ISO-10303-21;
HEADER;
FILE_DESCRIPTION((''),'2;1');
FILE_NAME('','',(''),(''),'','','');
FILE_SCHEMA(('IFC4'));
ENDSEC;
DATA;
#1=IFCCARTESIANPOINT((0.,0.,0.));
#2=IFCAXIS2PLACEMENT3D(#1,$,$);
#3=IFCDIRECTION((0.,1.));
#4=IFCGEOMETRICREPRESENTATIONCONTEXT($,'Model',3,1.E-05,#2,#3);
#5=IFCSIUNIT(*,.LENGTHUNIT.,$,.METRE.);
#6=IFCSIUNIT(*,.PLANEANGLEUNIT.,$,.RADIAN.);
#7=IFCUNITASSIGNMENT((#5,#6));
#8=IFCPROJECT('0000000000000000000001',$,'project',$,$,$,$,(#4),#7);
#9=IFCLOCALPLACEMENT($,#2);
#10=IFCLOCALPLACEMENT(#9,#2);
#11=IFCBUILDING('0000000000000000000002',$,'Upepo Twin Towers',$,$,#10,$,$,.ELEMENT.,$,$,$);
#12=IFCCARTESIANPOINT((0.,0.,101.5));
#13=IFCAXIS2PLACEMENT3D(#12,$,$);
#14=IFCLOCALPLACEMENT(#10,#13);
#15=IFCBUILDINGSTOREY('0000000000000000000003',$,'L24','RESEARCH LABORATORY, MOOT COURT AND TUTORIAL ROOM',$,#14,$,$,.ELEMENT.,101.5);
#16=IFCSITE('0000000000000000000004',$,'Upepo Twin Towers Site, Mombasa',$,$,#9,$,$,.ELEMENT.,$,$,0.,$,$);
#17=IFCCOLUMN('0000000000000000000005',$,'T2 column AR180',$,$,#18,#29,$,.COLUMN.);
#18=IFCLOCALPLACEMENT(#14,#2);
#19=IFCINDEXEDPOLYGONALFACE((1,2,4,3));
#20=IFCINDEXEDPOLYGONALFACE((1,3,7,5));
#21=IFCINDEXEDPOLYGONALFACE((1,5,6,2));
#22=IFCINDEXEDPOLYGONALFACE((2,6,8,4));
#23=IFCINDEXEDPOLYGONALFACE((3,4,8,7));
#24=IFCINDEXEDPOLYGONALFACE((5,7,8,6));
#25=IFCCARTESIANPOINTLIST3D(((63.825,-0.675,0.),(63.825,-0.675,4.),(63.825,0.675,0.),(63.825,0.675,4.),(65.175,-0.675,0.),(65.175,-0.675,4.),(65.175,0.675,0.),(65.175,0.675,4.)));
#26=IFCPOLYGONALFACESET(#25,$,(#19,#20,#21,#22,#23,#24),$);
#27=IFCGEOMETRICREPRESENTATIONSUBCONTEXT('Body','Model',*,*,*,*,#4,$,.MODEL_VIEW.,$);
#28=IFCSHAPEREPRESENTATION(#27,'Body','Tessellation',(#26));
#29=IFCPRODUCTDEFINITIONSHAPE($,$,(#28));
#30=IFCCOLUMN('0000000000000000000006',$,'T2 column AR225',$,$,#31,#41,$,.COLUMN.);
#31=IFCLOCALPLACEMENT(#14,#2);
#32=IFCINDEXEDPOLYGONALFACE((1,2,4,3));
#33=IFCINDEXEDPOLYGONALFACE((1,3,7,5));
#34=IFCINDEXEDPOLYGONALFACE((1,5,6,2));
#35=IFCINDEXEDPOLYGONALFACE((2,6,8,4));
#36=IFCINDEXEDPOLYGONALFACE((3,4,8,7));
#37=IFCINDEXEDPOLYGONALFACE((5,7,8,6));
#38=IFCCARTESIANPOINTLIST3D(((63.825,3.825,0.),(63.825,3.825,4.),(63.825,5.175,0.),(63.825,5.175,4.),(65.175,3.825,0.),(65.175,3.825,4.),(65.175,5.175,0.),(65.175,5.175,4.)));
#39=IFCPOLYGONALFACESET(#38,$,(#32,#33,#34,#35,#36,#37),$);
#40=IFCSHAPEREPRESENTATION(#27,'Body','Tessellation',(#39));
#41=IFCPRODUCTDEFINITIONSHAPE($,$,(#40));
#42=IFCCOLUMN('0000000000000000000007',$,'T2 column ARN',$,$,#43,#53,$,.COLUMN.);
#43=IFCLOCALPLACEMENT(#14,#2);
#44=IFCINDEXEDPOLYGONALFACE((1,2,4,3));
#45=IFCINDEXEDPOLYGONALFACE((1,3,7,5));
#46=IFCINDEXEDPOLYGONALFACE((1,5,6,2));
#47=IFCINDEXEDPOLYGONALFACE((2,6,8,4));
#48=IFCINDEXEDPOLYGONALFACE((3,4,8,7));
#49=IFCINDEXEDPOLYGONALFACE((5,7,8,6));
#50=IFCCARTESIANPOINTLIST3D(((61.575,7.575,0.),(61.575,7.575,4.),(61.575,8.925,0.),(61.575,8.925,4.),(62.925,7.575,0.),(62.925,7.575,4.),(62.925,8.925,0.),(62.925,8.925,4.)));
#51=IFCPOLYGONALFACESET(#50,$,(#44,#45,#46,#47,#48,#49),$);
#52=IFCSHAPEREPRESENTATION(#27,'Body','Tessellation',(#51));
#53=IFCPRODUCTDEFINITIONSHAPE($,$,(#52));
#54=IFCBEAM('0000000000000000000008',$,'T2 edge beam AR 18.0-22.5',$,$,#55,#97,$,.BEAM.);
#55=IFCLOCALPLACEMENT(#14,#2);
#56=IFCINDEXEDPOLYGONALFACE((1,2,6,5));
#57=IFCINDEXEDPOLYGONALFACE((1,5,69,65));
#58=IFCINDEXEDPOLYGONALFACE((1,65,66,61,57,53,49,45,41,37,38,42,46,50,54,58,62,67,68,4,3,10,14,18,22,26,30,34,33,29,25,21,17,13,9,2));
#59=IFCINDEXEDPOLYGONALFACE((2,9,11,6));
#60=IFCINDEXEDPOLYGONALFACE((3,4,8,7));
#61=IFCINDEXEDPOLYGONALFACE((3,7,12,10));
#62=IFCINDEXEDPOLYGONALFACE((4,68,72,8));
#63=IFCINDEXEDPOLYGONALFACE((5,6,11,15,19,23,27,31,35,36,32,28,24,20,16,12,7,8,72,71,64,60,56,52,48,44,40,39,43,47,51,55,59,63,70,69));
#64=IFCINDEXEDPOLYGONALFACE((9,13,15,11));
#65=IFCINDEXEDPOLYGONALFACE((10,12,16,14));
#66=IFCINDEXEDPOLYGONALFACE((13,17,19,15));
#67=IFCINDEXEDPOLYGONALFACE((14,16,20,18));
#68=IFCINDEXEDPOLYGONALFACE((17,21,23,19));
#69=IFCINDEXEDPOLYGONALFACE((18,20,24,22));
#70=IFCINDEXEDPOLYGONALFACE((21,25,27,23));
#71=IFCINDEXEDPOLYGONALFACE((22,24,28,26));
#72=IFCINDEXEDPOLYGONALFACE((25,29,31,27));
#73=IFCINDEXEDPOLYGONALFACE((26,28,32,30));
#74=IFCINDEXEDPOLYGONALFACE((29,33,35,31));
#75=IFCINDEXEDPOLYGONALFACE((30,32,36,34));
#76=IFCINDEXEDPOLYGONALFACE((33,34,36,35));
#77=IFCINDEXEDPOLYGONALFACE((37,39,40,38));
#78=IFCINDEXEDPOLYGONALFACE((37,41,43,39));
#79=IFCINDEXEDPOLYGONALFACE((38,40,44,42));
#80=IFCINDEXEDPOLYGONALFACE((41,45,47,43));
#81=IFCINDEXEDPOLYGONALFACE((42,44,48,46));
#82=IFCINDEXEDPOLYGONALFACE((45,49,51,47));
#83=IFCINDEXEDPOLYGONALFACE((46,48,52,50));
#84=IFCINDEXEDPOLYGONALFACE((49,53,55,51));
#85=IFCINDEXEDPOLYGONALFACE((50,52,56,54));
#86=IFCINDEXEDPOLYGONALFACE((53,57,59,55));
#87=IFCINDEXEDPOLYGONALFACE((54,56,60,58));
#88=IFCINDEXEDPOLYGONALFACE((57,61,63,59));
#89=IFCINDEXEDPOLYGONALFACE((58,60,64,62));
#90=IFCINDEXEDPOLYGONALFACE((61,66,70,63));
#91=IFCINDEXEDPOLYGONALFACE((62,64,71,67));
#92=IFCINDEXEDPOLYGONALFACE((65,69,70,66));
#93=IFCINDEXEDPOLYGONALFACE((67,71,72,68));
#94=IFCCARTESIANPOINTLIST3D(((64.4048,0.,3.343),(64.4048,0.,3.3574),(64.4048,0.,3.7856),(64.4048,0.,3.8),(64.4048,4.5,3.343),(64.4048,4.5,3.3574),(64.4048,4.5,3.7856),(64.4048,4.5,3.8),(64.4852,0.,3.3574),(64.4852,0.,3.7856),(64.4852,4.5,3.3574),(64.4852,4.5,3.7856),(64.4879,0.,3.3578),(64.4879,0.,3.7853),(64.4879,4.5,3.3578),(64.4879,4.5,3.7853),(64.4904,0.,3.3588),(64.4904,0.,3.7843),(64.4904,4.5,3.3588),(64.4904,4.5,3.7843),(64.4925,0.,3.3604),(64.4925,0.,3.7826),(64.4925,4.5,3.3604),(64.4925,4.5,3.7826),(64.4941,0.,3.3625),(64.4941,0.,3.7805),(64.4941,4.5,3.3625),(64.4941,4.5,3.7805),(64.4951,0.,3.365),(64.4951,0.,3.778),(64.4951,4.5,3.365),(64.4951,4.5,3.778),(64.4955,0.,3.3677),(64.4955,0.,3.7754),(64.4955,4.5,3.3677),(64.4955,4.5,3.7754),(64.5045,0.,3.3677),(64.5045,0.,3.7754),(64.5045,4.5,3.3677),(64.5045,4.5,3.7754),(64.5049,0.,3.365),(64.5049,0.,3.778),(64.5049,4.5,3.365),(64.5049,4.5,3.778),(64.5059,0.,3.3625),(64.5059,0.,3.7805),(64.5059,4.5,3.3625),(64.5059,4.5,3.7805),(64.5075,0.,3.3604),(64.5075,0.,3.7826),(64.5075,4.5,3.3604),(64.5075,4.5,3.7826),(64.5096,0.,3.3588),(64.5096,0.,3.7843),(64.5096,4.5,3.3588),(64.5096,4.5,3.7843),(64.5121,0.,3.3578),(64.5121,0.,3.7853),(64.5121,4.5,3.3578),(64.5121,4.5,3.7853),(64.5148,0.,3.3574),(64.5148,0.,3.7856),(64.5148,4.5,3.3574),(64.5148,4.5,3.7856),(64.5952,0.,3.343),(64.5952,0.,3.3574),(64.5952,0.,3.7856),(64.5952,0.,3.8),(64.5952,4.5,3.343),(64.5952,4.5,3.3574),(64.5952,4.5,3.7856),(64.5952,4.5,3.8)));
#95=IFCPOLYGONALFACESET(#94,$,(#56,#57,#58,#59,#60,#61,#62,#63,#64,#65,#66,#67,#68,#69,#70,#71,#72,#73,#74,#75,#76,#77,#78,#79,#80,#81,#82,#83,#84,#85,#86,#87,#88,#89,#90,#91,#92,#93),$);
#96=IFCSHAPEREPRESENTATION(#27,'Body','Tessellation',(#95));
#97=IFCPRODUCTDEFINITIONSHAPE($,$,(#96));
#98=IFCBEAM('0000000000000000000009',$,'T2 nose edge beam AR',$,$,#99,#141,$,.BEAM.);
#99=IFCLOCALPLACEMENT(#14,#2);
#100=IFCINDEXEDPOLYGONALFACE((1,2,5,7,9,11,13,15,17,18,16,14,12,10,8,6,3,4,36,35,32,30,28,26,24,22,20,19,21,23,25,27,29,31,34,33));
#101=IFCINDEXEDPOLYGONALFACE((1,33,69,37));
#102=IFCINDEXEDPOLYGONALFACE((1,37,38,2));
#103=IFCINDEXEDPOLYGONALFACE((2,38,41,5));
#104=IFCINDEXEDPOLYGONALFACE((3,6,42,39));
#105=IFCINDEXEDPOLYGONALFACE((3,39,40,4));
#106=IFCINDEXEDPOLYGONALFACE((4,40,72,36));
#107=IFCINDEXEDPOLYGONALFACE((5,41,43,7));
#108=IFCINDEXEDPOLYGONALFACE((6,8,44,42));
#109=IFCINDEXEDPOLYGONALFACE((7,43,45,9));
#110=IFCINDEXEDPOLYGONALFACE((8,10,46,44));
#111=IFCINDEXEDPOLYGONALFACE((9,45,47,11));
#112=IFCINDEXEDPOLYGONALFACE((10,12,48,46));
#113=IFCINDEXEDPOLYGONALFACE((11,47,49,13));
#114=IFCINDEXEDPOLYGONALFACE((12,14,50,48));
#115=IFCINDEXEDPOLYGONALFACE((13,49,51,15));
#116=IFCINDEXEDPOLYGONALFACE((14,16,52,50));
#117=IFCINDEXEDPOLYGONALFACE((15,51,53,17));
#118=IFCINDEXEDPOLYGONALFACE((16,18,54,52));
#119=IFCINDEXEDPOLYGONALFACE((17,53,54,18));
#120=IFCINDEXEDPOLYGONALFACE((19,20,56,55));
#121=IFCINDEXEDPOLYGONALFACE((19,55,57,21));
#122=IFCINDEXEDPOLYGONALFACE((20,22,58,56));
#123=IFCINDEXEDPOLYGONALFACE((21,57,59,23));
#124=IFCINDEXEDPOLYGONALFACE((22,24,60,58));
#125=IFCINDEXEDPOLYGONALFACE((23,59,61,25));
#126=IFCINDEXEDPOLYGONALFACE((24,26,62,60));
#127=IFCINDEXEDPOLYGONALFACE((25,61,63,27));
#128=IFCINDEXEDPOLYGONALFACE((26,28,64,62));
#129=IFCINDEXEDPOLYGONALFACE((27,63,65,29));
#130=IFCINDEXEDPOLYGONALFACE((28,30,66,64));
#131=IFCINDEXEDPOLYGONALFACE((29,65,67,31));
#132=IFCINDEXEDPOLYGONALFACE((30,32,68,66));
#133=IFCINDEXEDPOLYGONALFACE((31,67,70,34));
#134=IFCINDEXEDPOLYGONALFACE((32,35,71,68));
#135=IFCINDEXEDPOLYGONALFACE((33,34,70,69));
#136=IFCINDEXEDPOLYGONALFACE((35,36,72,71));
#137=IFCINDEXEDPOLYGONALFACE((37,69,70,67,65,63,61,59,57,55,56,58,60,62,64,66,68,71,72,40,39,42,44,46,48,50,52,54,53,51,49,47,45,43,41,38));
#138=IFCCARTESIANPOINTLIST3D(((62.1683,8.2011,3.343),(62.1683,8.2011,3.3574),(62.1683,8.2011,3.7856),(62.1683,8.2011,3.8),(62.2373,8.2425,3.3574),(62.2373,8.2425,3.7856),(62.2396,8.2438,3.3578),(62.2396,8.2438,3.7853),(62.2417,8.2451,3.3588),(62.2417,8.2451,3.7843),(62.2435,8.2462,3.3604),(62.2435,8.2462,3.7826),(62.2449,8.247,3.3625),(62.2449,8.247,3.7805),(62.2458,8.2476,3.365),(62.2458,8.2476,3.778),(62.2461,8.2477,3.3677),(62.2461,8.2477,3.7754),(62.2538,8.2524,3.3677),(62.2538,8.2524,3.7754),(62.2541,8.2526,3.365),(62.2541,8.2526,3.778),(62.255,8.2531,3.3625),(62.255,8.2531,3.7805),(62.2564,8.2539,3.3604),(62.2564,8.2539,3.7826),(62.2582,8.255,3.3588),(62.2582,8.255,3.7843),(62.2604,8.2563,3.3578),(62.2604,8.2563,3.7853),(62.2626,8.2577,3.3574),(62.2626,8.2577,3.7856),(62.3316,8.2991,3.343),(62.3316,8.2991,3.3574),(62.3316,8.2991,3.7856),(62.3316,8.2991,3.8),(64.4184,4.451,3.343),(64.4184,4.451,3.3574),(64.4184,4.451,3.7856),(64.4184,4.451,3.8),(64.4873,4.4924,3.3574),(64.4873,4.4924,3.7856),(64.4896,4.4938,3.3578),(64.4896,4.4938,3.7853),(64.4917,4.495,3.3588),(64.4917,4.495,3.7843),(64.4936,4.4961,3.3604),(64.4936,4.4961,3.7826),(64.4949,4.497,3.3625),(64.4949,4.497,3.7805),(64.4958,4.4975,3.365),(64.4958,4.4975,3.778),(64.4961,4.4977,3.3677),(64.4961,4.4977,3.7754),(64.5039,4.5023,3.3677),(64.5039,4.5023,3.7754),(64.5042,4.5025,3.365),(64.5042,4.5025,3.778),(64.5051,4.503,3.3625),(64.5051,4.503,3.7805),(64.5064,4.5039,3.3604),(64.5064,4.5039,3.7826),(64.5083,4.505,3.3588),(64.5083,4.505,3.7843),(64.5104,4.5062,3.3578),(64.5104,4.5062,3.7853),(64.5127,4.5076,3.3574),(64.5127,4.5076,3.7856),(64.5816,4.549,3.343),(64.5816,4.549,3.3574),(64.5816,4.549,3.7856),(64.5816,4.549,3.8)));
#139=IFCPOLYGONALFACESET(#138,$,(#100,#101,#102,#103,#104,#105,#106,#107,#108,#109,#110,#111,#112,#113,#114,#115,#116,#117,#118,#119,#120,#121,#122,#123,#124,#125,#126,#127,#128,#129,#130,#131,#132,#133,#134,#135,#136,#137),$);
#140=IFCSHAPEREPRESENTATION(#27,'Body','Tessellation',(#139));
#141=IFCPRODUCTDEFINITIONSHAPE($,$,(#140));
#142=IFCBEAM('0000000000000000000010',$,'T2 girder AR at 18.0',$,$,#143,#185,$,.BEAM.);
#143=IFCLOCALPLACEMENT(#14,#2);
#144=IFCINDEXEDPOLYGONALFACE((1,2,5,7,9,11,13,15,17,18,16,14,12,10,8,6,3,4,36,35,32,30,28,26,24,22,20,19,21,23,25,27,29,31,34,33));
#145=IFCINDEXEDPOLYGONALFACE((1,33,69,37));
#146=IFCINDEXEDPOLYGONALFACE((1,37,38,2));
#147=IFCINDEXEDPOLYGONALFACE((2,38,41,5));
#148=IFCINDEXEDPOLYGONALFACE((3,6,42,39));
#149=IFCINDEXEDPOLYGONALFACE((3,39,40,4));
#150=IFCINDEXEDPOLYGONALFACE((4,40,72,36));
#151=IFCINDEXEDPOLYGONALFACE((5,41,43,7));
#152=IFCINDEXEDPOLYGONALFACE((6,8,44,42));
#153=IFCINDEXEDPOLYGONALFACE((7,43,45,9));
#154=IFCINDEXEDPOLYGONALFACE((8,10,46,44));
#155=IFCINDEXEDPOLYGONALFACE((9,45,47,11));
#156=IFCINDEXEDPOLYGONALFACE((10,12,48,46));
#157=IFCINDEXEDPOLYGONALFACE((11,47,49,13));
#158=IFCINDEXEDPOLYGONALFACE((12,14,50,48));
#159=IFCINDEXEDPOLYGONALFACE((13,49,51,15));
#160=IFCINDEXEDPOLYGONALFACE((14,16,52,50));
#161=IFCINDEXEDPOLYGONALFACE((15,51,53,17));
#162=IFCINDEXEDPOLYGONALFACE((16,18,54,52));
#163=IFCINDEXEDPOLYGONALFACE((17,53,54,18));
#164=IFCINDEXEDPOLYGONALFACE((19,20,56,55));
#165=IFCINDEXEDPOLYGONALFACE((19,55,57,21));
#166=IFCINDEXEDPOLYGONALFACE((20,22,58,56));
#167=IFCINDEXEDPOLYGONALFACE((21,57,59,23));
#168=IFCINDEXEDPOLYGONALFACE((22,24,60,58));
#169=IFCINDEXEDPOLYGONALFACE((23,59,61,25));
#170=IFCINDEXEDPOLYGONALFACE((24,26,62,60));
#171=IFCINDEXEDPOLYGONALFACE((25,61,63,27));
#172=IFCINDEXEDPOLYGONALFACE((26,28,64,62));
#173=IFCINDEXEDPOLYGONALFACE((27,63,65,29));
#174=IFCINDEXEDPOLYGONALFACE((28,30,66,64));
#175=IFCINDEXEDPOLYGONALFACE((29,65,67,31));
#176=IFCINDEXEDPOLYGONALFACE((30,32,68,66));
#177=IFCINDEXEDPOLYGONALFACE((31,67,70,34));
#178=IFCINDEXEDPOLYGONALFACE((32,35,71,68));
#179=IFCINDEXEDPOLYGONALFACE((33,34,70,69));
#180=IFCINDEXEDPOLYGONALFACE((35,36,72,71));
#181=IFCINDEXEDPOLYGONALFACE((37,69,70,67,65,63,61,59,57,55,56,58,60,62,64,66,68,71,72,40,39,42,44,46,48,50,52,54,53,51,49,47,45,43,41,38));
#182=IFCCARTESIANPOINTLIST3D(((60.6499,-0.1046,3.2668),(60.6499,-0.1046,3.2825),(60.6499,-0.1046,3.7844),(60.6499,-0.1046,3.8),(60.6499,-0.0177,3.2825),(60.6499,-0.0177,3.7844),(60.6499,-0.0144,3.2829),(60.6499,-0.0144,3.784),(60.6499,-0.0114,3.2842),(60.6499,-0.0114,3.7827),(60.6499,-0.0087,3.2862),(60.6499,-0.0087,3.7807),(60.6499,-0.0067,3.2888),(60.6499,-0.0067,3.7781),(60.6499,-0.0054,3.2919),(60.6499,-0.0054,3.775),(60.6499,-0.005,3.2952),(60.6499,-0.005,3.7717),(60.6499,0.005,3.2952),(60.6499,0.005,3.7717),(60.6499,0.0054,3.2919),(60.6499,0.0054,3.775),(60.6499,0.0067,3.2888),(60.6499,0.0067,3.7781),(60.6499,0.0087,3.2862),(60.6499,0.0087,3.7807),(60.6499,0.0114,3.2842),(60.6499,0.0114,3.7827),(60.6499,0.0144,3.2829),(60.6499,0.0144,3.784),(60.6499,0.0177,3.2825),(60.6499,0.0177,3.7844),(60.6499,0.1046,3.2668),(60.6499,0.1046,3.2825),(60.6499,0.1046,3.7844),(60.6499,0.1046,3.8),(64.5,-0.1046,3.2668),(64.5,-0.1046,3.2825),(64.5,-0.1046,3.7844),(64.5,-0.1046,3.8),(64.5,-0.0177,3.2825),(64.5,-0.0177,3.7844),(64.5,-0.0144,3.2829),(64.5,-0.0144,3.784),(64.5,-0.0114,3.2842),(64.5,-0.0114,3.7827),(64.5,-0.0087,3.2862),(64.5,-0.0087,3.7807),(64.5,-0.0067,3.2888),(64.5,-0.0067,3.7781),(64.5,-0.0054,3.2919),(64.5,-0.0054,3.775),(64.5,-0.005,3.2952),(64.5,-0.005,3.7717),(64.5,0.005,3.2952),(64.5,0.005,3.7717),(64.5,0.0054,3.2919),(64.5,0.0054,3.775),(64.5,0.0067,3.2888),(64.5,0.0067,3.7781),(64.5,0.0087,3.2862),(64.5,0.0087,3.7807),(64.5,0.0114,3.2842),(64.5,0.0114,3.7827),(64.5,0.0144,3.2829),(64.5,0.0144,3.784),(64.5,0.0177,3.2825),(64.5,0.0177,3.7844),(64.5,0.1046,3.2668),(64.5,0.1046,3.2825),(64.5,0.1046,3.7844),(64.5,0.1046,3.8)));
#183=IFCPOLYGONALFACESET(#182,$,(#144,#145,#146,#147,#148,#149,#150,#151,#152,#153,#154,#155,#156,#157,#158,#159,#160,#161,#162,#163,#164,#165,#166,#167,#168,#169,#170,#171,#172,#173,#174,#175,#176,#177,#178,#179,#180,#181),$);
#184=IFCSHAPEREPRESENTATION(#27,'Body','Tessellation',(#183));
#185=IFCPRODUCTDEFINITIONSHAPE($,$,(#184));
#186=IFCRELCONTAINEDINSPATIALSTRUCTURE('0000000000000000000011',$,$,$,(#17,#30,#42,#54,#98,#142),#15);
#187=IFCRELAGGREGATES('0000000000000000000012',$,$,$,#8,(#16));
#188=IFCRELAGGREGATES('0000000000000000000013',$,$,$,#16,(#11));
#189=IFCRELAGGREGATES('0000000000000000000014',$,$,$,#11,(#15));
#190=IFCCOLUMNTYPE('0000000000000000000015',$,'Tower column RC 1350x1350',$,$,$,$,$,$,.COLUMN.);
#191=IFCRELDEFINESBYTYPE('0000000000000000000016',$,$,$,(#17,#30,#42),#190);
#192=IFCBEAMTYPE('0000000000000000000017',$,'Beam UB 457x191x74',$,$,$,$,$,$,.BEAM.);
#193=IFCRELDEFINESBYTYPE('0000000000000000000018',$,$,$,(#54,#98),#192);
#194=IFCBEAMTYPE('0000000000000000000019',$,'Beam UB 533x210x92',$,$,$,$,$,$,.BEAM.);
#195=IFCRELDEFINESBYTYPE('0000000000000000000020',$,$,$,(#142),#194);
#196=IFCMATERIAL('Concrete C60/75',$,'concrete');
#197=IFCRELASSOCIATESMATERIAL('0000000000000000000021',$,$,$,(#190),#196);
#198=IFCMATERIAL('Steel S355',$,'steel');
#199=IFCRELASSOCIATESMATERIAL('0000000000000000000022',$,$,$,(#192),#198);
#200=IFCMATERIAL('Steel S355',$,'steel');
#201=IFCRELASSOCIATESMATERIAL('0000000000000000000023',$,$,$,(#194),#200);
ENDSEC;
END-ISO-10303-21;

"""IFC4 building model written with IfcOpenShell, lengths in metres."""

from ifc_helpers import new_model, si_unit, direction, frame, origin, origin_2d, place, context, subcontext, project, spatial, rectangle, i_section, extrude, material, material_profile, profile_set, type_object, element, save


model = new_model("IFC4")

# Units and contexts
model_context = context("Model", 3, precision=1e-05, world=origin(), true_north=direction((0.0, 1.0)))
body_context = subcontext(model_context, "Body", "Model", "MODEL_VIEW")
ifc_project = project(units=[si_unit("LENGTHUNIT", "METRE"), si_unit("PLANEANGLEUNIT", "RADIAN")], contexts=[model_context])

# Site, building, storey
site_placement = place(None, origin())
site = spatial("IfcSite", under=ifc_project, at=site_placement, Name="Upepo Twin Towers Site, Mombasa", CompositionType="ELEMENT", RefElevation=0.0)
building_placement = place(site_placement, origin())
building = spatial("IfcBuilding", under=site, at=building_placement, Name="Upepo Twin Towers", CompositionType="ELEMENT")
storey_placement = place(building_placement, frame((0.0, 0.0, 101.5)))
storey = spatial("IfcBuildingStorey", under=building, at=storey_placement, Name="L24", Description="RESEARCH LABORATORY, MOOT COURT AND TUTORIAL ROOM", CompositionType="ELEMENT", Elevation=101.5)

# Columns
ifc_material_1 = material(Name="Concrete C60/75", Category="concrete")
ifc_material_profile_1 = material_profile(ifc_material_1, rectangle(XDim=1.3501, YDim=1.3501, at=origin_2d()), Name="RC 1350x1350")
ifc_profile_set_1 = profile_set([ifc_material_profile_1], Name="Concrete C60/75")
column_type = type_object("IfcColumnType", Name="Tower column RC 1350x1350", PredefinedType="COLUMN", material=ifc_profile_set_1)
for number, where, z_axis, x_axis, name in (
    (1, (64.5, 0.0, 0.0), (0.0, 0.0, 1.0), (1.0, 0.0, 0.0), "T2 column AR180"),
    (2, (64.5, 4.5, 0.0), (0.0, 0.0, 1.0), (1.0, 0.0, 0.0), "T2 column AR225"),
    (3, (62.25, 8.25, 0.0), (0.0, 0.0, 1.0), (1.0, 0.0, 0.0), "T2 column ARN"),
):
    element("IfcColumn", number, at=place(storey_placement, frame(where, z_axis=z_axis, x_axis=x_axis)), inside=storey, type_object=column_type, Name=name, PredefinedType="COLUMN", context=body_context, shape_type="SweptSolid", body=[
        extrude(rectangle(XDim=1.3501, YDim=1.3501, at=origin_2d()), origin(), (0.0, 0.0, 1.0), 4.0),
    ])

# Beams
ifc_material_2 = material(Name="Steel S355", Category="steel")
ifc_material_profile_2 = material_profile(ifc_material_2, i_section(OverallWidth=0.1904, OverallDepth=0.457, WebThickness=0.009, FlangeThickness=0.0144, FilletRadius=0.0103, at=origin_2d()), Name="UB 457x191x74")
ifc_profile_set_2 = profile_set([ifc_material_profile_2], Name="Steel S355")
beam_type_1 = type_object("IfcBeamType", Name="Beam UB 457x191x74", PredefinedType="BEAM", material=ifc_profile_set_2)
beam_1_placement = place(storey_placement, frame((64.5, 0.0, 3.5715), z_axis=(0.0, 1.0, 0.0), x_axis=(-1.0, 0.0, 0.0)))
element("IfcBeam", 4, at=beam_1_placement, inside=storey, type_object=beam_type_1, Name="T2 edge beam AR 18.0-22.5", PredefinedType="BEAM", context=body_context, shape_type="SweptSolid", body=[
    extrude(i_section(OverallWidth=0.1904, OverallDepth=0.457, WebThickness=0.009, FlangeThickness=0.0144, FilletRadius=0.0103, at=origin_2d()), origin(), (0.0, 0.0, 1.0), 4.5),
])
beam_2_placement = place(storey_placement, frame((64.5, 4.5, 3.5715), z_axis=(-0.514496, 0.857493, 0.0), x_axis=(-0.857493, -0.514496, 0.0)))
element("IfcBeam", 5, at=beam_2_placement, inside=storey, type_object=beam_type_1, Name="T2 nose edge beam AR", PredefinedType="BEAM", context=body_context, shape_type="SweptSolid", body=[
    extrude(i_section(OverallWidth=0.1904, OverallDepth=0.457, WebThickness=0.009, FlangeThickness=0.0144, FilletRadius=0.0103, at=origin_2d()), origin(), (0.0, 0.0, 1.0), 4.3733),
])
ifc_material_3 = material(Name="Steel S355", Category="steel")
ifc_material_profile_3 = material_profile(ifc_material_3, i_section(OverallWidth=0.2092, OverallDepth=0.5332, WebThickness=0.01, FlangeThickness=0.0156, FilletRadius=0.0127, at=origin_2d()), Name="UB 533x210x92")
ifc_profile_set_3 = profile_set([ifc_material_profile_3], Name="Steel S355")
beam_type_2 = type_object("IfcBeamType", Name="Beam UB 533x210x92", PredefinedType="BEAM", material=ifc_profile_set_3)
for number, where, z_axis, x_axis, name in (
    (6, (64.5, 0.0, 3.5334), (-1.0, 0.0, 0.0), (0.0, -1.0, 0.0), "T2 girder AR at 18.0"),
):
    element("IfcBeam", number, at=place(storey_placement, frame(where, z_axis=z_axis, x_axis=x_axis)), inside=storey, type_object=beam_type_2, Name=name, PredefinedType="BEAM", context=body_context, shape_type="SweptSolid", body=[
        extrude(i_section(OverallWidth=0.2092, OverallDepth=0.5332, WebThickness=0.01, FlangeThickness=0.0156, FilletRadius=0.0127, at=origin_2d()), origin(), (0.0, 0.0, 1.0), 3.8501),
    ])

save(model, "model.ifc")
